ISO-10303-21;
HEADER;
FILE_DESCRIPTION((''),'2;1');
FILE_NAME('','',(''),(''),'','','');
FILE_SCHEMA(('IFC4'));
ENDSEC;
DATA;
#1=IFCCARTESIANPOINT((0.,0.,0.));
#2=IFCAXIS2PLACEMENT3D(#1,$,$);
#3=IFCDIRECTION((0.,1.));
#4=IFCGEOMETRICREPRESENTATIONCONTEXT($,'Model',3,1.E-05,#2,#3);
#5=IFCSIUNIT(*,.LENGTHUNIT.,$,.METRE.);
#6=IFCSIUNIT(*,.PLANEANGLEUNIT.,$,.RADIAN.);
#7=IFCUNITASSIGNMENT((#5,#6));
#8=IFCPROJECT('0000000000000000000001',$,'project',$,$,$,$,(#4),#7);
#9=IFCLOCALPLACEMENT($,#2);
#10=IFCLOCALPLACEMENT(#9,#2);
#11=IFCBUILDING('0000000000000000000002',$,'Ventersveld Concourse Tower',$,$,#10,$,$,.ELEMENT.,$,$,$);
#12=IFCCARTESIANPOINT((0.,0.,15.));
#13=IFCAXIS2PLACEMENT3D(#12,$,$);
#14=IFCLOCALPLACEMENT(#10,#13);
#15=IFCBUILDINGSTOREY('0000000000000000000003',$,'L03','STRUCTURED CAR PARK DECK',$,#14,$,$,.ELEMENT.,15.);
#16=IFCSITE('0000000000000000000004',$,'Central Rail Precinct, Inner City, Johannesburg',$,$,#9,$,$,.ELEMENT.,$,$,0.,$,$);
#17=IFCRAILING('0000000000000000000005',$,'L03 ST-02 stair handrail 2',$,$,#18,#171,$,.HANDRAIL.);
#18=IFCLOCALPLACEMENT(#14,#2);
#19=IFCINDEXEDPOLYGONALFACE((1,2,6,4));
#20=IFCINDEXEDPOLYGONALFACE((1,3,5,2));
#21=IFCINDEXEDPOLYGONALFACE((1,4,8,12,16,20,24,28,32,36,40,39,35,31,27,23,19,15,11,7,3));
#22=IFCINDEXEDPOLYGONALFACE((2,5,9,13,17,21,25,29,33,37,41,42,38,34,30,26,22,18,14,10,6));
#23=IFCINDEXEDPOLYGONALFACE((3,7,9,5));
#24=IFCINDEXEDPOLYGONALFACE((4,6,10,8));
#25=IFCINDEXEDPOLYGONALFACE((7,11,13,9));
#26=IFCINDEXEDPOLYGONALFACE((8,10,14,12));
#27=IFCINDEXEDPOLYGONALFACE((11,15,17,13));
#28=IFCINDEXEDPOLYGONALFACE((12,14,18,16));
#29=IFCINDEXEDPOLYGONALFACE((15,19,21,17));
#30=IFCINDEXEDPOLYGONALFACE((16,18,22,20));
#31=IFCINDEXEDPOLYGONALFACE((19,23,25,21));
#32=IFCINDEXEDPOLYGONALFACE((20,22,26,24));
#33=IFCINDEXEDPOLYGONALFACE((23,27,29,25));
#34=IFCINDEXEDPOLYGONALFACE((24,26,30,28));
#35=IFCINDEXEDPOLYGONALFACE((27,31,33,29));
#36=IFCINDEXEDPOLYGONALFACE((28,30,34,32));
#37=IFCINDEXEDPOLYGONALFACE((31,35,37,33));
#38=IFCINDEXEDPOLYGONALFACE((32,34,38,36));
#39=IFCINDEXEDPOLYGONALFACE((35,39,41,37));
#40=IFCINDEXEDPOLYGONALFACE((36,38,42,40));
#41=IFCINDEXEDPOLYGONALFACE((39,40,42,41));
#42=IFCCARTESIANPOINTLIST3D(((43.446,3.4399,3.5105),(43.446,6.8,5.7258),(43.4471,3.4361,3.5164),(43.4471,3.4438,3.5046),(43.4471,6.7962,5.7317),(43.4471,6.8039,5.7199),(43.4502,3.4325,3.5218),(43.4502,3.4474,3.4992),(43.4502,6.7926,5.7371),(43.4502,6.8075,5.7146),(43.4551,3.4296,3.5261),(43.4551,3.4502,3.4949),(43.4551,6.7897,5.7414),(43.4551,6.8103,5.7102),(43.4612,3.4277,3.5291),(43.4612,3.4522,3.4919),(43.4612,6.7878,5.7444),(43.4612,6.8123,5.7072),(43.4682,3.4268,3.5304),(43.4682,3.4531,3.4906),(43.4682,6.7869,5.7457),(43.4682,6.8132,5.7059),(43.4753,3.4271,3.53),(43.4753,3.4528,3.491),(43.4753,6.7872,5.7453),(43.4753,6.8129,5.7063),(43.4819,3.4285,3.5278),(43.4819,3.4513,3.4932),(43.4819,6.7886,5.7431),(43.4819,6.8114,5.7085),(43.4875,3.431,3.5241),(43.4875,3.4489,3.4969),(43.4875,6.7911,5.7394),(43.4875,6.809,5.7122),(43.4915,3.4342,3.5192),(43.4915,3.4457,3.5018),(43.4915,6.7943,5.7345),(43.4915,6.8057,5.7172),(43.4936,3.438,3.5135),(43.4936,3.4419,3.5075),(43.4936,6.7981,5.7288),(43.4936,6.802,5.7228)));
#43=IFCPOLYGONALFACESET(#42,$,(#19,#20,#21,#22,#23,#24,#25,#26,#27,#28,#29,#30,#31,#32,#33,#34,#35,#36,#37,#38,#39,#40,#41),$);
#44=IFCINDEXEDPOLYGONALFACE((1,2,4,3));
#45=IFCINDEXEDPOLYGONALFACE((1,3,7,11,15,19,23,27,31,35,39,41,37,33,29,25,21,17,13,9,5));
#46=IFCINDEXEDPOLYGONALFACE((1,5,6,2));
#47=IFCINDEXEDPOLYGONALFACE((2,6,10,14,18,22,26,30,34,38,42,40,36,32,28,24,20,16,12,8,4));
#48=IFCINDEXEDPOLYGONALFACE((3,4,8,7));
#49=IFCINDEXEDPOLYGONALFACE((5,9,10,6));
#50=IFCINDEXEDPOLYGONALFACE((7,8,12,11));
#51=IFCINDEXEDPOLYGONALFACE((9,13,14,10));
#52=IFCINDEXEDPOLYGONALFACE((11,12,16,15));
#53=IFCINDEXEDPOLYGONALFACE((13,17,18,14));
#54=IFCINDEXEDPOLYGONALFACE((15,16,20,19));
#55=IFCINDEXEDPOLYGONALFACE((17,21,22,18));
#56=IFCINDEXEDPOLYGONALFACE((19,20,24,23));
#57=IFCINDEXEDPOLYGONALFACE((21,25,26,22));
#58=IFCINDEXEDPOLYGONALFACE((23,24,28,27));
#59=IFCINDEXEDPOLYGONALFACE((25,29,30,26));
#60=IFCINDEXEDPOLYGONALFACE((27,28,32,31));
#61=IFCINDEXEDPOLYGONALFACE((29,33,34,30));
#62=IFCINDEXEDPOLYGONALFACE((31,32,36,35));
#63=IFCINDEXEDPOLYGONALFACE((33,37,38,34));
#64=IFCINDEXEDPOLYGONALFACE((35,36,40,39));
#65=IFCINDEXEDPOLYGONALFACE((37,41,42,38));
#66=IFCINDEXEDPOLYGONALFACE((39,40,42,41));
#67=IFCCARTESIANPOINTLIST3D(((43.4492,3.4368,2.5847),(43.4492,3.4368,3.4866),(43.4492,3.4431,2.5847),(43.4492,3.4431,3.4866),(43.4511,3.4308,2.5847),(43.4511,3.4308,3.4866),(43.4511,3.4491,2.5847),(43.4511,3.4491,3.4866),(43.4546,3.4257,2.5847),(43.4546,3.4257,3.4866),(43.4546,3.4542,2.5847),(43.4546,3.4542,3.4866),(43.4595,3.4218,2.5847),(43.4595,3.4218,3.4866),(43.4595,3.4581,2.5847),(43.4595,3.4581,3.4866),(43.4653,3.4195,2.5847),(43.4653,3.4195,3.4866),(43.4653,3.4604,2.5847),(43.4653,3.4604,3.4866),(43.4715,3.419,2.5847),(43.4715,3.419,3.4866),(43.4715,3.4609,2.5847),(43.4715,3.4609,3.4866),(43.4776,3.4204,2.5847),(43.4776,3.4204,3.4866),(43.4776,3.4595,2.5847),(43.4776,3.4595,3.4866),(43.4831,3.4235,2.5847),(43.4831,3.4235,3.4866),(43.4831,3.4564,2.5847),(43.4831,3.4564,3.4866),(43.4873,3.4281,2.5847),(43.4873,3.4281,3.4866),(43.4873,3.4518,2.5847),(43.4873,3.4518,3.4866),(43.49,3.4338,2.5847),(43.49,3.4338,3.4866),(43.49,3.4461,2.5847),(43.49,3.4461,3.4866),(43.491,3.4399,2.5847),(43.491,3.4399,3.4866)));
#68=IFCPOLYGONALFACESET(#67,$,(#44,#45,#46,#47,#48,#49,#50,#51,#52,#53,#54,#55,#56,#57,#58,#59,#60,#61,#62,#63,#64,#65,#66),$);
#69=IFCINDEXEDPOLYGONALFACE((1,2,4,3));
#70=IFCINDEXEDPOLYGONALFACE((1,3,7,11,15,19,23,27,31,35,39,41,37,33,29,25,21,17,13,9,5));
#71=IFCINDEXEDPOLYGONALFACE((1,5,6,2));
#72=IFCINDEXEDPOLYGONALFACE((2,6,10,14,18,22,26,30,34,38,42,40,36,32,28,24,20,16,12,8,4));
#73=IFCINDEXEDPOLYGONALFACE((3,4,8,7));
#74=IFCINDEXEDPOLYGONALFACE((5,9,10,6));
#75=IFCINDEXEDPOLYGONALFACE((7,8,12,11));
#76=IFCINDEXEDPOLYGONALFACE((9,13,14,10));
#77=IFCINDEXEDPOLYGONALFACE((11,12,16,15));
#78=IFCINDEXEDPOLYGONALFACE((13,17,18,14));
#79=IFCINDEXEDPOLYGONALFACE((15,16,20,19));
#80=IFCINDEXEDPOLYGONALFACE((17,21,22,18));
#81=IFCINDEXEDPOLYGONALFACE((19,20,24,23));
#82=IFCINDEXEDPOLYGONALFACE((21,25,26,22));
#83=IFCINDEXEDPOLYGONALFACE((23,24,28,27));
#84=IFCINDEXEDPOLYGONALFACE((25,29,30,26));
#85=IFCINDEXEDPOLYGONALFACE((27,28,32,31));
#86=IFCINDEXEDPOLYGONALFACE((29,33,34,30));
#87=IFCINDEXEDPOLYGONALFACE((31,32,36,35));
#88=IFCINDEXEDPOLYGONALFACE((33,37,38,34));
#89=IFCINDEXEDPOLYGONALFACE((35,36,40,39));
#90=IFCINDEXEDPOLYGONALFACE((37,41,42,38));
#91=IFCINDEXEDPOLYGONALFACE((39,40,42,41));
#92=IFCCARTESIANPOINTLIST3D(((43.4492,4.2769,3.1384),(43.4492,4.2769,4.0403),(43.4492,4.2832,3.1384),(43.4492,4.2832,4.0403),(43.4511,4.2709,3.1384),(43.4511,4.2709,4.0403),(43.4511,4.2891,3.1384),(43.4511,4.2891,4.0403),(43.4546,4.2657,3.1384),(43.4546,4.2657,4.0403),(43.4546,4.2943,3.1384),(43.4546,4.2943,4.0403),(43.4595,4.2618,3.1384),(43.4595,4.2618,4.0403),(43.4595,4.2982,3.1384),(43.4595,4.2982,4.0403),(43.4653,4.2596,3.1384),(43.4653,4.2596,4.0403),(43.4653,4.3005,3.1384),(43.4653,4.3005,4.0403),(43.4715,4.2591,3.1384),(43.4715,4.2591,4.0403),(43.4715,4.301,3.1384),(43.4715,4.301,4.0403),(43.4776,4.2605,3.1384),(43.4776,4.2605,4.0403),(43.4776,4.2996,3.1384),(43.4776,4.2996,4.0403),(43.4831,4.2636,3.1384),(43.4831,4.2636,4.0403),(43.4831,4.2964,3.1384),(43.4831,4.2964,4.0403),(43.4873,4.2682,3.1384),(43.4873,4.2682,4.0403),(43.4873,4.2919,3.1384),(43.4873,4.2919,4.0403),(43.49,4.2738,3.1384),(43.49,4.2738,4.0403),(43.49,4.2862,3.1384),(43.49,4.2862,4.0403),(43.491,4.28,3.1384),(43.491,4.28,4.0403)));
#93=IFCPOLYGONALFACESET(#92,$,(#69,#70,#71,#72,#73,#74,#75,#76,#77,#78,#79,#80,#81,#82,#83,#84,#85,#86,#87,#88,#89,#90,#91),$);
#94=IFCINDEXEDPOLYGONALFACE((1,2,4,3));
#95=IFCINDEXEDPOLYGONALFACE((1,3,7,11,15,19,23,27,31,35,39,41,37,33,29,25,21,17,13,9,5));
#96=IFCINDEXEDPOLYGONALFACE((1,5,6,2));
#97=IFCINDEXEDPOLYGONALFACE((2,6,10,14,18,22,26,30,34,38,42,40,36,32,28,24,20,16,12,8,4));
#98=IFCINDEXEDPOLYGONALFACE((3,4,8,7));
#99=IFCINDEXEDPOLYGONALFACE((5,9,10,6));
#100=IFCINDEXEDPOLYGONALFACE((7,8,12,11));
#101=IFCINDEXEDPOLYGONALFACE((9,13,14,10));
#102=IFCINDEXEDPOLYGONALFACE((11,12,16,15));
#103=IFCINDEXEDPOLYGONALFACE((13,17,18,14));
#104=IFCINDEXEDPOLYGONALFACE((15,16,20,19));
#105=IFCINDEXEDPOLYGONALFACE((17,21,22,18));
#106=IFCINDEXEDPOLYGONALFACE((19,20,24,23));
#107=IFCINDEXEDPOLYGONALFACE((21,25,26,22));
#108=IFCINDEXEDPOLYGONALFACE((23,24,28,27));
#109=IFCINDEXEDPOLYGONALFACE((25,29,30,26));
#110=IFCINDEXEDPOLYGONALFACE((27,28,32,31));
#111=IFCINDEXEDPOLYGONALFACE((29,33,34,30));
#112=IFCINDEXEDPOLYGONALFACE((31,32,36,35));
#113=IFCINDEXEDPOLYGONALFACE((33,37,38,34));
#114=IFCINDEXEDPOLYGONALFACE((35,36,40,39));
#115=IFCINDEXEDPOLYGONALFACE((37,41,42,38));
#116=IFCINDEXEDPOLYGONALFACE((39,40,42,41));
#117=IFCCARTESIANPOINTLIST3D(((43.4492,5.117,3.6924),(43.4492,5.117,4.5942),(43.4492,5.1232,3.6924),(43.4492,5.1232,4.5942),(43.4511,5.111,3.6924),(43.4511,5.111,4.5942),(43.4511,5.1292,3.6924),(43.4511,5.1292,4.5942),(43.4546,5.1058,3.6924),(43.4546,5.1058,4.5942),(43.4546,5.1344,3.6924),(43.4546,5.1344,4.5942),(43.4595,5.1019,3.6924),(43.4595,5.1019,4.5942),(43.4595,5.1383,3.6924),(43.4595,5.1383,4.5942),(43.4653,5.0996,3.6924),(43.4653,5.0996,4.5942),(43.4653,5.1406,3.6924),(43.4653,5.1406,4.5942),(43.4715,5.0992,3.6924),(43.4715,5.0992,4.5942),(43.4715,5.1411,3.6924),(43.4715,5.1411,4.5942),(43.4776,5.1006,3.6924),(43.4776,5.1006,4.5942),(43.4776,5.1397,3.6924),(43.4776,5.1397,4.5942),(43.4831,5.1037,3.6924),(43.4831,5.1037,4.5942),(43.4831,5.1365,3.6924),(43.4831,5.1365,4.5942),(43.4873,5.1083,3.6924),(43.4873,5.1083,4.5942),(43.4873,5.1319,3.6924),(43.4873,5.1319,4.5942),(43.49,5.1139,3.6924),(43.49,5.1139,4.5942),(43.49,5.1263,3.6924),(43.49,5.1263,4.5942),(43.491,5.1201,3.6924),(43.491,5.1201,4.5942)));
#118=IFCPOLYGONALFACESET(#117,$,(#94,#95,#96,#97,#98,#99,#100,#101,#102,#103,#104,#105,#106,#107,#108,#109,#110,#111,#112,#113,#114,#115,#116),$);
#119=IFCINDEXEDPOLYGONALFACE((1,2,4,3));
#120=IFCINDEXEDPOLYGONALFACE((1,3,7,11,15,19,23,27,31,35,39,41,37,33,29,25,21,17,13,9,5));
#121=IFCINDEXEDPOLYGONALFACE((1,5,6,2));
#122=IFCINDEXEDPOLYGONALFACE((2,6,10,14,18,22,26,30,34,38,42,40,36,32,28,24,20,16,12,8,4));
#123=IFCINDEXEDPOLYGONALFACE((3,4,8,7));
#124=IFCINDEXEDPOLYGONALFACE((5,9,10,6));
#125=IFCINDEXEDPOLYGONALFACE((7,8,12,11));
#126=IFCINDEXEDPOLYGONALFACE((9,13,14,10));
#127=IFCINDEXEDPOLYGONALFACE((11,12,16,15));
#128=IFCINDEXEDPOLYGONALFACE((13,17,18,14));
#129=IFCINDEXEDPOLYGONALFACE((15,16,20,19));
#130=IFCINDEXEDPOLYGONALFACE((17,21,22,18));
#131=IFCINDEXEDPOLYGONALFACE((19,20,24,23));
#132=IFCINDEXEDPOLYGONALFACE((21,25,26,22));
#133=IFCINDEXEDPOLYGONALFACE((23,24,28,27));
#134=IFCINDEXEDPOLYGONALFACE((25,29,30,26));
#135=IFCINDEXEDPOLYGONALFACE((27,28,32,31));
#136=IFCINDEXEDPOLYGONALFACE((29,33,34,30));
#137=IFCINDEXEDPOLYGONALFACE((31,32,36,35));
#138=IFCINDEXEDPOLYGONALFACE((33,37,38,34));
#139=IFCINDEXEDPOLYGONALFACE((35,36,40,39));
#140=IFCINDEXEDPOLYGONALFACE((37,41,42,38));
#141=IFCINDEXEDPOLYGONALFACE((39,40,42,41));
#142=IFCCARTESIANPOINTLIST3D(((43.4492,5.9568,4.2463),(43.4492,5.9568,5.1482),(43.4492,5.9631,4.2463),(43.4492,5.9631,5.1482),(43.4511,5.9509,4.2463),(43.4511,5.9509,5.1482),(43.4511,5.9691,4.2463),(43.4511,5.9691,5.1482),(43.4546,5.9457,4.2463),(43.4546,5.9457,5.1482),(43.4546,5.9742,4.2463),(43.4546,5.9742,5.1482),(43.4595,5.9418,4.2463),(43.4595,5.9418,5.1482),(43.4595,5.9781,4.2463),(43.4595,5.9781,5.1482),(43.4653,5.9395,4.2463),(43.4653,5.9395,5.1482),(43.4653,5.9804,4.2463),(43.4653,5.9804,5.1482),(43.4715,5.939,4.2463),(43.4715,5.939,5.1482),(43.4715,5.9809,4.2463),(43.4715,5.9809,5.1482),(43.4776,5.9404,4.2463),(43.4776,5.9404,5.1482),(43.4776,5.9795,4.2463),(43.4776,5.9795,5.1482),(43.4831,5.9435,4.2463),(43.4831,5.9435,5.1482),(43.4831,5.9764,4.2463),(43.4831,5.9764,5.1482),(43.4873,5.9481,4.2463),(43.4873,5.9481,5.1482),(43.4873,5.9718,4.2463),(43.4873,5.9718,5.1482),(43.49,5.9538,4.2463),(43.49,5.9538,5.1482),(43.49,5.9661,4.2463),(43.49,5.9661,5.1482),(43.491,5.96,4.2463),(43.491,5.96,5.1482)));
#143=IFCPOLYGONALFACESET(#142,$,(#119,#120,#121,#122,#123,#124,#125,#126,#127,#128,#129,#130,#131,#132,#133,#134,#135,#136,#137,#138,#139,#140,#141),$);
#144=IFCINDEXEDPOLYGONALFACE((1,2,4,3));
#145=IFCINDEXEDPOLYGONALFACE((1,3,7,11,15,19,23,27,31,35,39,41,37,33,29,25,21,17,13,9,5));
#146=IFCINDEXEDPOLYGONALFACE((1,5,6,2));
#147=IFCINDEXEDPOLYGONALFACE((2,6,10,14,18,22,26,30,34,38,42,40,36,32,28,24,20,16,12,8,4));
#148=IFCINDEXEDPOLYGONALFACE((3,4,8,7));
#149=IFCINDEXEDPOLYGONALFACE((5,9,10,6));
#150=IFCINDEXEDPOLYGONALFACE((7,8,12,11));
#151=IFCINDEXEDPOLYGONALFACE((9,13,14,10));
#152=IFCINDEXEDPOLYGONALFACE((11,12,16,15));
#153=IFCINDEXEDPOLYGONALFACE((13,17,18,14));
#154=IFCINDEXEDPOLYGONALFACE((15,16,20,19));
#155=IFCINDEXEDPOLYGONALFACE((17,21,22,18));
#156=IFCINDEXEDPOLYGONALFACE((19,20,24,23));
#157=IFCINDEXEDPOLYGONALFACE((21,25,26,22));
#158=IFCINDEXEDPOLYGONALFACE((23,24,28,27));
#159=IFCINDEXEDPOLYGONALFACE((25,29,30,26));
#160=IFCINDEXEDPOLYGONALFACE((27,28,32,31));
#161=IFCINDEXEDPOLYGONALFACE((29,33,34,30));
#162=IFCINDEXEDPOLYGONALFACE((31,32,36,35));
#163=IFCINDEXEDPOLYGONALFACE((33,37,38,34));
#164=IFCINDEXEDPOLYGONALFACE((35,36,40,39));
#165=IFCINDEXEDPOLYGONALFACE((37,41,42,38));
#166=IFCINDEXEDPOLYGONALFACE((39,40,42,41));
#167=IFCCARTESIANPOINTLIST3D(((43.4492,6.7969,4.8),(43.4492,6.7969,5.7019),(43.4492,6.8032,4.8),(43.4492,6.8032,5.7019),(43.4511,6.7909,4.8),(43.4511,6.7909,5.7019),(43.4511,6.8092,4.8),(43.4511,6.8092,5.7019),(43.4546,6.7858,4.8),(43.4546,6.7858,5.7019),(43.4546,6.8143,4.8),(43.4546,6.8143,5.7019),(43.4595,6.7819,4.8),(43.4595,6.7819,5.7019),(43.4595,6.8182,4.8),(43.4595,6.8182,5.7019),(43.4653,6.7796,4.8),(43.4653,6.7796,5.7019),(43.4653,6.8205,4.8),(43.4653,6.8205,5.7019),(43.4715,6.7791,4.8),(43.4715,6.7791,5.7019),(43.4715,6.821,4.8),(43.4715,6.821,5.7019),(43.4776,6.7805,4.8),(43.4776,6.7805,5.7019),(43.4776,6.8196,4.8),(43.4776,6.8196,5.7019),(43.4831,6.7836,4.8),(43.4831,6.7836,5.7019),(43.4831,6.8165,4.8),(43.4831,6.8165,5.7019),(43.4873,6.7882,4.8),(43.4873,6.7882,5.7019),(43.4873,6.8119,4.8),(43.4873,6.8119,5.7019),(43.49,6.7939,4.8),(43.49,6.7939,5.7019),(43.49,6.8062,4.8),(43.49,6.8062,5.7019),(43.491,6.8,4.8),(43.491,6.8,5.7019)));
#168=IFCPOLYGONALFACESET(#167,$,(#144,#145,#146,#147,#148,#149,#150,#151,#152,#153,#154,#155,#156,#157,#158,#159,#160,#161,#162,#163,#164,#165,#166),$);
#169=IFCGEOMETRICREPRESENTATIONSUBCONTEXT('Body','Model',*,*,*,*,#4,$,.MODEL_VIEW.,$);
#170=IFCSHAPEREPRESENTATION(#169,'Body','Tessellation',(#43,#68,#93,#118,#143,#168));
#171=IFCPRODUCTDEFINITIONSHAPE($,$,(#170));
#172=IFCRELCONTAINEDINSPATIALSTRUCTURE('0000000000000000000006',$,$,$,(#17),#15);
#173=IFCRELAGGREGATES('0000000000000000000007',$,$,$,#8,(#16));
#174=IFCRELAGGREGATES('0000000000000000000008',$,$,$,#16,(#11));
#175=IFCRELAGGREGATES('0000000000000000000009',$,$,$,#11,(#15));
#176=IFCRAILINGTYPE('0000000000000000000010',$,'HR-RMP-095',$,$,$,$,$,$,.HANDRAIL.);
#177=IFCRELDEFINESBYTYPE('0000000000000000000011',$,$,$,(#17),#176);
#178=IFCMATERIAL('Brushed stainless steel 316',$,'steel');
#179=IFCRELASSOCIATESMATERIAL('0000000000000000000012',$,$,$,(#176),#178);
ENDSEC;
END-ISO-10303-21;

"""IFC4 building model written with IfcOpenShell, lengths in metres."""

from ifc_helpers import new_model, si_unit, direction, frame, origin, origin_2d, place, context, subcontext, project, spatial, circle, extrude, material, type_object, element, save


model = new_model("IFC4")

# Units and contexts
model_context = context("Model", 3, precision=1e-05, world=origin(), true_north=direction((0.0, 1.0)))
body_context = subcontext(model_context, "Body", "Model", "MODEL_VIEW")
ifc_project = project(units=[si_unit("LENGTHUNIT", "METRE"), si_unit("PLANEANGLEUNIT", "RADIAN")], contexts=[model_context])

# Site, building, storey
site_placement = place(None, origin())
site = spatial("IfcSite", under=ifc_project, at=site_placement, Name="Central Rail Precinct, Inner City, Johannesburg", CompositionType="ELEMENT", RefElevation=0.0)
building_placement = place(site_placement, origin())
building = spatial("IfcBuilding", under=site, at=building_placement, Name="Ventersveld Concourse Tower", CompositionType="ELEMENT")
storey_placement = place(building_placement, frame((0.0, 0.0, 15.0)))
storey = spatial("IfcBuildingStorey", under=building, at=storey_placement, Name="L03", Description="STRUCTURED CAR PARK DECK", CompositionType="ELEMENT", Elevation=15.0)

# Railing
ifc_material_1 = material(Name="Brushed stainless steel 316", Category="steel")
railing_type_1 = type_object("IfcRailingType", Name="HR-RMP-095", PredefinedType="HANDRAIL", material=ifc_material_1)
railing_1_placement = place(storey_placement, frame((43.47, 3.4399, 2.5847)))
element("IfcRailing", 1, at=railing_1_placement, inside=storey, type_object=railing_type_1, Name="L03 ST-02 stair handrail 2", PredefinedType="HANDRAIL", context=body_context, shape_type="SweptSolid", body=[
    extrude(circle(Radius=0.0239, at=origin_2d()), frame((0.0, 0.0, 0.9258), z_axis=(0.0, 0.834876, 0.550437), x_axis=(-1.0, 0.0, 0.0)), (0.0, 0.0, 1.0), 4.0247),
    extrude(circle(Radius=0.021, at=origin_2d()), origin(), (0.0, 0.0, 1.0), 0.9019),
    extrude(circle(Radius=0.021, at=origin_2d()), frame((0.0, 0.8401, 0.5537)), (0.0, 0.0, 1.0), 0.9019),
    extrude(circle(Radius=0.021, at=origin_2d()), frame((0.0, 1.6802, 1.1077)), (0.0, 0.0, 1.0), 0.9019),
    extrude(circle(Radius=0.021, at=origin_2d()), frame((0.0, 2.52, 1.6616)), (0.0, 0.0, 1.0), 0.9019),
    extrude(circle(Radius=0.021, at=origin_2d()), frame((0.0, 3.3601, 2.2153)), (0.0, 0.0, 1.0), 0.9019),
])

save(model, "model.ifc")
